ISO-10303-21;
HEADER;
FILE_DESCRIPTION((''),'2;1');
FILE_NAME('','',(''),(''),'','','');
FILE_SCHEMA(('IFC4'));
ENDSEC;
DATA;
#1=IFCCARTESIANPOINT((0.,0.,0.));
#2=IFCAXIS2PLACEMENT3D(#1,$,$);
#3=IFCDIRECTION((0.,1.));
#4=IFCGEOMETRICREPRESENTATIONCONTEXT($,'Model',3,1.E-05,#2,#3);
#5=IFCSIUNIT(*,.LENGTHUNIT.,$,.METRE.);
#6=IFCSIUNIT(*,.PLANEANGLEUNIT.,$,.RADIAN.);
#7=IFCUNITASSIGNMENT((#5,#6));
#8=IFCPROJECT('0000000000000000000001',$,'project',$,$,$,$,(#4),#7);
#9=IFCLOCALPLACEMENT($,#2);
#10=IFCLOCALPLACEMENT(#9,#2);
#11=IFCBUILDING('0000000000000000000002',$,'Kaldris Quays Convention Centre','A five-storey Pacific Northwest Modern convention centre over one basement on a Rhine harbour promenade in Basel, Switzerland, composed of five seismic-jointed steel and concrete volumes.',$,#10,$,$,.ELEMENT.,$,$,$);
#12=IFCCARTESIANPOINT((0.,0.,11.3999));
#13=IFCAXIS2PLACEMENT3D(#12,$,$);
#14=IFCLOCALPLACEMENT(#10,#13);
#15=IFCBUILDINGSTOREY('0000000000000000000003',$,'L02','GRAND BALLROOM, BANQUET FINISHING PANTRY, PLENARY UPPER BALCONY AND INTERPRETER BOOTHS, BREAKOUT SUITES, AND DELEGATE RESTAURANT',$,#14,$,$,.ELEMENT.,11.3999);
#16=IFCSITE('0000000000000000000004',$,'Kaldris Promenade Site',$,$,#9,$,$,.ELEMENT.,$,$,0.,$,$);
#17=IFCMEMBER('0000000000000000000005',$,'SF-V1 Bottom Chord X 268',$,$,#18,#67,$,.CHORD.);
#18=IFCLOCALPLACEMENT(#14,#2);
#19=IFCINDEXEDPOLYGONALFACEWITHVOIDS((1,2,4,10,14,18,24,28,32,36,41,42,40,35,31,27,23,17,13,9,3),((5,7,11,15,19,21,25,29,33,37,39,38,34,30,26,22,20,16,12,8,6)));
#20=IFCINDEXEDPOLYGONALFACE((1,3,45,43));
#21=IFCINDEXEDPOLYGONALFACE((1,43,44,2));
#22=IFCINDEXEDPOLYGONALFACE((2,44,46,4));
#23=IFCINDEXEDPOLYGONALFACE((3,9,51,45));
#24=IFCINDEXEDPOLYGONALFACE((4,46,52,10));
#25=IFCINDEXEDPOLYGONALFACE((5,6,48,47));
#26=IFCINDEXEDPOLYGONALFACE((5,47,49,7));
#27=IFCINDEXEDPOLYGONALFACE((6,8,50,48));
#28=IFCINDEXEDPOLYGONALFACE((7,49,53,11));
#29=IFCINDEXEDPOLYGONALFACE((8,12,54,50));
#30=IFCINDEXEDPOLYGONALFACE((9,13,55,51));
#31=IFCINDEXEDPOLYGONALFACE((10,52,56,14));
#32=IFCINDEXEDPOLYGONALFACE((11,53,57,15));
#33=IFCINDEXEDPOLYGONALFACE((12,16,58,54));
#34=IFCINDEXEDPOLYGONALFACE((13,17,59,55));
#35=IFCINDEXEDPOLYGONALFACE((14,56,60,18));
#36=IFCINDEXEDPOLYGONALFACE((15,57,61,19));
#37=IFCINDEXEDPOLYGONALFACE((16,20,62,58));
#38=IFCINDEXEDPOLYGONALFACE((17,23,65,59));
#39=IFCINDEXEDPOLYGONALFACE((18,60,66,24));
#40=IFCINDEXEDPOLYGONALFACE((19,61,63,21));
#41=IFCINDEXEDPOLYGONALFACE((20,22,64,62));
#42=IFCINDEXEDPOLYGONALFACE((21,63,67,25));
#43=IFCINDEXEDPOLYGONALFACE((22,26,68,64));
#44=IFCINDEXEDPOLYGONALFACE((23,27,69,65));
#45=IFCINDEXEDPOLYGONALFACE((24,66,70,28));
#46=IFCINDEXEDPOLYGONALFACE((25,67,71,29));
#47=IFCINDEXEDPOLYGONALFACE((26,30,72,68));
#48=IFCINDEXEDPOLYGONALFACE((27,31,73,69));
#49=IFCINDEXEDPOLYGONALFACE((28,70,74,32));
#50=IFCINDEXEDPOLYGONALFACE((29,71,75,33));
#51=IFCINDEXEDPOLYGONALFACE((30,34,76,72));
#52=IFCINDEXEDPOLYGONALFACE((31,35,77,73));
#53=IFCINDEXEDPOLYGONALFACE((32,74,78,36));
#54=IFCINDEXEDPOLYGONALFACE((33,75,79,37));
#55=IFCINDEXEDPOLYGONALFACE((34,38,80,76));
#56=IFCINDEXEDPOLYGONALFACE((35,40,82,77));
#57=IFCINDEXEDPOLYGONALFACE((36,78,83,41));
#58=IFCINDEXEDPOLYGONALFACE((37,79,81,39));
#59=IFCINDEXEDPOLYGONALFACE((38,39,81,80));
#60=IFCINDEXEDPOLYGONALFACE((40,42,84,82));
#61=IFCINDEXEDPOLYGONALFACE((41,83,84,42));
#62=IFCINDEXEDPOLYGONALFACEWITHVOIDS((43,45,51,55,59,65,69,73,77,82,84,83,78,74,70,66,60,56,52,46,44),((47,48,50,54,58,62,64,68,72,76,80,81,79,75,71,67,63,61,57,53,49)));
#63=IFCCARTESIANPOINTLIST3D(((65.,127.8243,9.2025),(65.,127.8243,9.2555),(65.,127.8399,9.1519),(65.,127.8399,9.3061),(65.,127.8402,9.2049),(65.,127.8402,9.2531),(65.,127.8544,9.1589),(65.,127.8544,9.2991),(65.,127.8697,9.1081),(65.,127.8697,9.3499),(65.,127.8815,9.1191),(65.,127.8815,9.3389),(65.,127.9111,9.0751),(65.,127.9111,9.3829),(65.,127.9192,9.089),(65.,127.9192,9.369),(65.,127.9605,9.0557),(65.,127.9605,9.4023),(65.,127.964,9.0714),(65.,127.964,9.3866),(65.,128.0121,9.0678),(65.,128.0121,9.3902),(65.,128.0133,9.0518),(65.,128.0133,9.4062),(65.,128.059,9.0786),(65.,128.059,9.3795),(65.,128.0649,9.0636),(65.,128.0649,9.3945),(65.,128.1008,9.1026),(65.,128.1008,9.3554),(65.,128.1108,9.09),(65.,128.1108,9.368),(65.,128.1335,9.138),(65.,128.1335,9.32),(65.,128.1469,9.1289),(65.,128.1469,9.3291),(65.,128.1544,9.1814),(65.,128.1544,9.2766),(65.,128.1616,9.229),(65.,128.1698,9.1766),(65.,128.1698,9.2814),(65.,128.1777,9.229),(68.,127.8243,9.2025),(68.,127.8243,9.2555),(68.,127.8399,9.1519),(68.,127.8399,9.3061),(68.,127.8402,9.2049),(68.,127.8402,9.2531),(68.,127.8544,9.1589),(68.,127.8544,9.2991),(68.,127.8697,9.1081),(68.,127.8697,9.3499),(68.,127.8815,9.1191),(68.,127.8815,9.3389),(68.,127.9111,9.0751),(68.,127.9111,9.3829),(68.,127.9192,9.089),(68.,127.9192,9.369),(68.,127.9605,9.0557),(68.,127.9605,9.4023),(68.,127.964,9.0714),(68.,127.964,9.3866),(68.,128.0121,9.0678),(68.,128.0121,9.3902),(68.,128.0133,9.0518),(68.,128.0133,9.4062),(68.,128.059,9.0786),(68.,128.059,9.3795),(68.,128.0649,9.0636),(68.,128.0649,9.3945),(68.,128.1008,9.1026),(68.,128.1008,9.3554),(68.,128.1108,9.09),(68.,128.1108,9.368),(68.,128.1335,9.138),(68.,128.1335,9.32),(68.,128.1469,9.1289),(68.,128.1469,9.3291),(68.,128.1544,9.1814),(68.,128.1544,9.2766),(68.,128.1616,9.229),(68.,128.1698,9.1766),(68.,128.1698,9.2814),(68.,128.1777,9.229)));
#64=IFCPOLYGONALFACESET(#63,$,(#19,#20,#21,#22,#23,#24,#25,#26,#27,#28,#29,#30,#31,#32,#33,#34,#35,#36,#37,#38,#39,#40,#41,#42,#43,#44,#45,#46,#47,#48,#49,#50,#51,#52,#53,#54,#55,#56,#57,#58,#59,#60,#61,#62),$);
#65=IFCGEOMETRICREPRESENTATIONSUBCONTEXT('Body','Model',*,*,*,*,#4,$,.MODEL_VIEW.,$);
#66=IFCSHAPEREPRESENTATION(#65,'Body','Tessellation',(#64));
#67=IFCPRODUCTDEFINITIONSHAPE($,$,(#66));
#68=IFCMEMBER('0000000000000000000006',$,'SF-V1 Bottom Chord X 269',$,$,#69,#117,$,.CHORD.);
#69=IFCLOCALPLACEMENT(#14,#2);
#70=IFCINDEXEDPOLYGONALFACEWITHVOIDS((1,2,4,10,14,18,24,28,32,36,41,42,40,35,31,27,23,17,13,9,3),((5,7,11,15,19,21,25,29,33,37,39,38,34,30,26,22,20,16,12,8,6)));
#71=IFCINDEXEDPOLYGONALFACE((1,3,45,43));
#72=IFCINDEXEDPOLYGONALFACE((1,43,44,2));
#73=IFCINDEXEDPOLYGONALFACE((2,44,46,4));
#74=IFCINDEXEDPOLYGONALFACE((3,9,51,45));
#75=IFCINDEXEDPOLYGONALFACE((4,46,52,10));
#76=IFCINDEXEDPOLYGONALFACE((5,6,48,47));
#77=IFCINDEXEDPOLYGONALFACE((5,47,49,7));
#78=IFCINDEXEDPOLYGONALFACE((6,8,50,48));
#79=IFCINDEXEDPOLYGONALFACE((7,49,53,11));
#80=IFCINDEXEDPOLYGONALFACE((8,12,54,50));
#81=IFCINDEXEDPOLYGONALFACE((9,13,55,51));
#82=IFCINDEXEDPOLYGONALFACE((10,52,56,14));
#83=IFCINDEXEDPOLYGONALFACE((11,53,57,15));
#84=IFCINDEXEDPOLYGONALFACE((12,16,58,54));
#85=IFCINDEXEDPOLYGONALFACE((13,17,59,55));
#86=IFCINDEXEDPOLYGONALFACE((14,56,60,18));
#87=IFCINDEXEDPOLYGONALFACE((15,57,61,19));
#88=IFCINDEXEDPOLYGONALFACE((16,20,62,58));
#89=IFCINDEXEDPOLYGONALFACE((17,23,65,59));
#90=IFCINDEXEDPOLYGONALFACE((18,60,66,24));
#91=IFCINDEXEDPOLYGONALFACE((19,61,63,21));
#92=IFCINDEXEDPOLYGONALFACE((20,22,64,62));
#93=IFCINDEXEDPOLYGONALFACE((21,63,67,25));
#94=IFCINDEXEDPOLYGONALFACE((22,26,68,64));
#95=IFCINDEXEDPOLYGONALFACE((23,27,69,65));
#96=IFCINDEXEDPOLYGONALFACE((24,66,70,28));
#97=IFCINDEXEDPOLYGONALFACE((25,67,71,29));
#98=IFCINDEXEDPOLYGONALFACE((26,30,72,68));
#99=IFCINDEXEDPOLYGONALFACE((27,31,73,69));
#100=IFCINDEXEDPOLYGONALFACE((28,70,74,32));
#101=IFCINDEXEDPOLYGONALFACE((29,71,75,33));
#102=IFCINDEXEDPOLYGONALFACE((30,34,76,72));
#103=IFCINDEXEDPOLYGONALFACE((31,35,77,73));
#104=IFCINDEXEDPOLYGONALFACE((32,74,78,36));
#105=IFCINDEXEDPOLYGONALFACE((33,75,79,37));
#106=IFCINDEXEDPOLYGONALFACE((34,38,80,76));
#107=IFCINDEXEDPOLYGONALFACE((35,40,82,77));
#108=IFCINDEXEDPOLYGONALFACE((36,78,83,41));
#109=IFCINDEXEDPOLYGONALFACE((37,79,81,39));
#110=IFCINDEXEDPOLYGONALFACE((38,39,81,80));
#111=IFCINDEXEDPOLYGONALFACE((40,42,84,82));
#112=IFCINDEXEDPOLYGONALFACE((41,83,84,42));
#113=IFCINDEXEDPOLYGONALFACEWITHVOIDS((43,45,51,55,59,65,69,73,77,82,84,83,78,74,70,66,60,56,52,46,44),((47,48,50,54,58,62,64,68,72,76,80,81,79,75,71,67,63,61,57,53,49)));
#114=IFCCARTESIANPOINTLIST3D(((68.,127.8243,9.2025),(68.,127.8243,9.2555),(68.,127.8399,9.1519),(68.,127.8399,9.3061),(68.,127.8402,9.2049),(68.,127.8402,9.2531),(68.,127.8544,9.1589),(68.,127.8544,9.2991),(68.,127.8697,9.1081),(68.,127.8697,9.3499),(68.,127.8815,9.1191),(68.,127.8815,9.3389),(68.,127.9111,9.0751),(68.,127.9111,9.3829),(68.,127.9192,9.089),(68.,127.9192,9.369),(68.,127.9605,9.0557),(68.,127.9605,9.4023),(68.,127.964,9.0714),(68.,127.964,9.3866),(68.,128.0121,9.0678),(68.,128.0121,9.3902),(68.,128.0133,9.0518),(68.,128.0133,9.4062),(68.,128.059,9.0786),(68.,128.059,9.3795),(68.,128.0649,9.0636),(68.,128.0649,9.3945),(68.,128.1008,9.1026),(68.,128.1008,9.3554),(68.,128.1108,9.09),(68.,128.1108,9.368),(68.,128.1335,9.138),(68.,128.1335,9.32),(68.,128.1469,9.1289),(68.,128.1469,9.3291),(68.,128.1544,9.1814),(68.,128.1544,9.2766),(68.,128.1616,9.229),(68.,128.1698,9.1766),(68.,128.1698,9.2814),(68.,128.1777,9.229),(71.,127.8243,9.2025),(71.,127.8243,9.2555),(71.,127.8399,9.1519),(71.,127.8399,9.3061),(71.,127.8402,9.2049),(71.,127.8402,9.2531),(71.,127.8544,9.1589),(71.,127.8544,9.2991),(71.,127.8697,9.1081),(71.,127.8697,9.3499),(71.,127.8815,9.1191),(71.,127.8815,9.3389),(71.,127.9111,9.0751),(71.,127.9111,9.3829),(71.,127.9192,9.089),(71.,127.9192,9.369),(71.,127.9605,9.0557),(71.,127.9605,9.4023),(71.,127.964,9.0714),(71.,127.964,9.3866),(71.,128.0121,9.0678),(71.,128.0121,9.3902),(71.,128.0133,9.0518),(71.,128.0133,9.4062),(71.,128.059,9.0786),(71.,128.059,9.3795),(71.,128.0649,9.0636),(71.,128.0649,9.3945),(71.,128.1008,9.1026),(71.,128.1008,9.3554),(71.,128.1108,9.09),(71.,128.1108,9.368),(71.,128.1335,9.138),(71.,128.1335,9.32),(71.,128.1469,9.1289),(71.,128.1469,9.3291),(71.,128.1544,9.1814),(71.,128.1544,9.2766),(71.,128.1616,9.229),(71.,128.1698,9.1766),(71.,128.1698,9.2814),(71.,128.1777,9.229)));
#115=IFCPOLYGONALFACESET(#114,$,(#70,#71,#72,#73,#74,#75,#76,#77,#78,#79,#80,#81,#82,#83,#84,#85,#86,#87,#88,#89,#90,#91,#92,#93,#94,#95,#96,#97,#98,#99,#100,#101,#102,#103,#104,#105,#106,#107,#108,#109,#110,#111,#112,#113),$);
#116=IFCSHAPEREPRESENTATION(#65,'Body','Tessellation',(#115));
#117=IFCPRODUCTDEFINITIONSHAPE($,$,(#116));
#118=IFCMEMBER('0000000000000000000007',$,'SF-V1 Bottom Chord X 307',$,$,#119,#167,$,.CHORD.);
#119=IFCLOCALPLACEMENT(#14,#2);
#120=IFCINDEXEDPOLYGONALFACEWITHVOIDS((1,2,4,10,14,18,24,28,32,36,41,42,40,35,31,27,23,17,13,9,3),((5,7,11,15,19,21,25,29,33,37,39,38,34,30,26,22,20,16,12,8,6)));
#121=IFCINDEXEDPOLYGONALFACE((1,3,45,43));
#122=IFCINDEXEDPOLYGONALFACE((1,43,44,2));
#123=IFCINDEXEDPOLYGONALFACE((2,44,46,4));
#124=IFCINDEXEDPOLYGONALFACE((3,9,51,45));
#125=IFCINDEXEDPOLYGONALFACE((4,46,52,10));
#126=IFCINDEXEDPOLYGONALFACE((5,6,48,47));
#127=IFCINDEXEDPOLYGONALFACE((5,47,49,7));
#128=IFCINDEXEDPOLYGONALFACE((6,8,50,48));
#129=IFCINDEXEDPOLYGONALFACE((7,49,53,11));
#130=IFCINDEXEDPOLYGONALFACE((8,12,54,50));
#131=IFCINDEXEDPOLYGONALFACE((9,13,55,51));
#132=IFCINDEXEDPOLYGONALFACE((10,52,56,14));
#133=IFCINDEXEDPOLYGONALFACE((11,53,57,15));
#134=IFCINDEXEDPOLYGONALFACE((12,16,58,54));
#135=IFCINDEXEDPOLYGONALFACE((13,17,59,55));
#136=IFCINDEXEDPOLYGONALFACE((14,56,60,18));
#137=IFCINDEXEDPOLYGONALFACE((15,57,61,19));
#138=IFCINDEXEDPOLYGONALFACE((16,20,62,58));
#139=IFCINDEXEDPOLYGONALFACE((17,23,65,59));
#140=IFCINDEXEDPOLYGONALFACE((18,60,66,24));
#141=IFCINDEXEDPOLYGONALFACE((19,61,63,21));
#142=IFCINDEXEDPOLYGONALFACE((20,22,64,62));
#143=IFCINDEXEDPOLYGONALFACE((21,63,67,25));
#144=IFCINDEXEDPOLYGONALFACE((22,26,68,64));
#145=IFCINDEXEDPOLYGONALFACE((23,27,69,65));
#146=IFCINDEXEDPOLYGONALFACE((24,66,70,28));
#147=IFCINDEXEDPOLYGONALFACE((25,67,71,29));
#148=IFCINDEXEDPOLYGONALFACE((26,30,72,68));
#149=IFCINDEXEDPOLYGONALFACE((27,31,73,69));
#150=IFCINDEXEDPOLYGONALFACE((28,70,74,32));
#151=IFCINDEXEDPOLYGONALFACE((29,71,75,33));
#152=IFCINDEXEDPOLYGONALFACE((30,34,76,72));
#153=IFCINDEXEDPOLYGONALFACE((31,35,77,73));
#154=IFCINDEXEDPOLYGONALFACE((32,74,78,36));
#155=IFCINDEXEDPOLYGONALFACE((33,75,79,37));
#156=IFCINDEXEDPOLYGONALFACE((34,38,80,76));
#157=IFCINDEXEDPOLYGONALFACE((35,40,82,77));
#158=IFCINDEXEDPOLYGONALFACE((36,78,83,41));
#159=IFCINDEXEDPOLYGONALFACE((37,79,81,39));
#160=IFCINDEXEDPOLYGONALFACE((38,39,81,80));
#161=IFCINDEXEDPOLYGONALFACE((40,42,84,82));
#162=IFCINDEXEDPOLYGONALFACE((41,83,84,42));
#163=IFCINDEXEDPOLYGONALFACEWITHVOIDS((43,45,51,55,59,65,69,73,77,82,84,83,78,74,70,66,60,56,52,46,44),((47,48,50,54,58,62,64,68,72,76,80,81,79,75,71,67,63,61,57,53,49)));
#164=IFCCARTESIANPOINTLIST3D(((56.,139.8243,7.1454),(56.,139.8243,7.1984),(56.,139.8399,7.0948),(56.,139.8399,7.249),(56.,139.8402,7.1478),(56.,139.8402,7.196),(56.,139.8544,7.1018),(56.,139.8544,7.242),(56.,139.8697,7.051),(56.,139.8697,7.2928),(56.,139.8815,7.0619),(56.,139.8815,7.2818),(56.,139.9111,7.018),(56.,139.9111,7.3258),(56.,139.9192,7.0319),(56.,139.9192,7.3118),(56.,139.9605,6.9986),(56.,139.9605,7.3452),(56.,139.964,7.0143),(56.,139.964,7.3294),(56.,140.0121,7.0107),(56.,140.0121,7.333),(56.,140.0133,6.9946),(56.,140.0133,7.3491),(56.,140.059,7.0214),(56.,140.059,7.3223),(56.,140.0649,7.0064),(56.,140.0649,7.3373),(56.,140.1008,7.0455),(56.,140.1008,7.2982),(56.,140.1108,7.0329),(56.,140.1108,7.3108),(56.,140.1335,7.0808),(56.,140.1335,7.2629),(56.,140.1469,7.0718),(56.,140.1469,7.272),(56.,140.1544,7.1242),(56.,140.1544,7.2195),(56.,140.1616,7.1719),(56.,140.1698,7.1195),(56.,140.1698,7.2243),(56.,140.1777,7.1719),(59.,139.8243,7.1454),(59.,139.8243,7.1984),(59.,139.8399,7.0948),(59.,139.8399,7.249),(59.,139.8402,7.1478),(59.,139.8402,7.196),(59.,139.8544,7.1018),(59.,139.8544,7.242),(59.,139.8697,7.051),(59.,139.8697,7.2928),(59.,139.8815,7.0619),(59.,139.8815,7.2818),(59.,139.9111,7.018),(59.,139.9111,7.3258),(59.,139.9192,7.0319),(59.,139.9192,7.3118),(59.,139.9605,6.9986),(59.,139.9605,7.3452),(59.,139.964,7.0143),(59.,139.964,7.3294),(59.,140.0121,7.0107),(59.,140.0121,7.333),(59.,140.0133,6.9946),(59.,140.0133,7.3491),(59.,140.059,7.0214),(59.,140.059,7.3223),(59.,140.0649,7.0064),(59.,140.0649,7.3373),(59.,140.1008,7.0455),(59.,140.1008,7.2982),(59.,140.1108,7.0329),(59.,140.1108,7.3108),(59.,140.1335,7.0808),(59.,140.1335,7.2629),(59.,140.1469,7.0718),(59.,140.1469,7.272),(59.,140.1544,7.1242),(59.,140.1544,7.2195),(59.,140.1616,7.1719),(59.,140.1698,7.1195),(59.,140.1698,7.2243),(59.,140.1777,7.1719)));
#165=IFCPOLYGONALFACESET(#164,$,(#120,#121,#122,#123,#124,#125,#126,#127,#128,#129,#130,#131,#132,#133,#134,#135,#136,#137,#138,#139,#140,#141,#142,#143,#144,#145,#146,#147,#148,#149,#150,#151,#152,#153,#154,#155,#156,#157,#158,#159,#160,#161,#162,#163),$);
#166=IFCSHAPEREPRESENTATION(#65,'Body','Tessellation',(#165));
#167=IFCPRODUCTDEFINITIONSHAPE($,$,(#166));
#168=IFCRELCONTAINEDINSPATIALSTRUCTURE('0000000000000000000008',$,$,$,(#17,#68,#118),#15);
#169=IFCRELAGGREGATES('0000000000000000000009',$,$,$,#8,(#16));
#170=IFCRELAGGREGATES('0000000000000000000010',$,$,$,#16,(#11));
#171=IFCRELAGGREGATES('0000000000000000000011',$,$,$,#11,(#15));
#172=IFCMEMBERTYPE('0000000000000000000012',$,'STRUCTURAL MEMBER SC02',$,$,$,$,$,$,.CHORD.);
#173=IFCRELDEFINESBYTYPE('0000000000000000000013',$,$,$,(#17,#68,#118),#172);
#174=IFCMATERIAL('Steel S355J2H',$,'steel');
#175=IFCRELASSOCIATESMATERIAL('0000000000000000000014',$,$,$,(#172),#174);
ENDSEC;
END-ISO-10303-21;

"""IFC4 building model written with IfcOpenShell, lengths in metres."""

from ifc_helpers import new_model, si_unit, direction, frame, origin, origin_2d, place, context, subcontext, project, spatial, hollow_circle, extrude, material, material_profile, profile_set, type_object, element, save


model = new_model("IFC4")

# Units and contexts
model_context = context("Model", 3, precision=1e-05, world=origin(), true_north=direction((0.0, 1.0)))
body_context = subcontext(model_context, "Body", "Model", "MODEL_VIEW")
ifc_project = project(units=[si_unit("LENGTHUNIT", "METRE"), si_unit("PLANEANGLEUNIT", "RADIAN")], contexts=[model_context])

# Site, building, storey
site_placement = place(None, origin())
site = spatial("IfcSite", under=ifc_project, at=site_placement, Name="Kaldris Promenade Site", CompositionType="ELEMENT", RefElevation=0.0)
building_placement = place(site_placement, origin())
building = spatial("IfcBuilding", under=site, at=building_placement, Name="Kaldris Quays Convention Centre", Description="A five-storey Pacific Northwest Modern convention centre over one basement on a Rhine harbour promenade in Basel, Switzerland, composed of five seismic-jointed steel and concrete volumes.", CompositionType="ELEMENT")
storey_placement = place(building_placement, frame((0.0, 0.0, 11.3999)))
storey = spatial("IfcBuildingStorey", under=building, at=storey_placement, Name="L02", Description="GRAND BALLROOM, BANQUET FINISHING PANTRY, PLENARY UPPER BALCONY AND INTERPRETER BOOTHS, BREAKOUT SUITES, AND DELEGATE RESTAURANT", CompositionType="ELEMENT", Elevation=11.3999)

# Members
ifc_material_1 = material(Name="Steel S355J2H", Category="steel")
ifc_material_profile_1 = material_profile(ifc_material_1, hollow_circle(Radius=0.1777, WallThickness=0.0161, at=origin_2d()), Name="CHS 355.6x16")
ifc_profile_set_1 = profile_set([ifc_material_profile_1], Name="Steel S355J2H")
member_type_1 = type_object("IfcMemberType", Name="STRUCTURAL MEMBER SC02", PredefinedType="CHORD", material=ifc_profile_set_1)
for number, where, z_axis, x_axis, name in (
    (1, (65.0, 128.0, 9.229), (1.0, 0.0, 0.0), (0.0, 1.0, 0.0), "SF-V1 Bottom Chord X 268"),
    (2, (68.0, 128.0, 9.229), (1.0, 0.0, 0.0), (0.0, 1.0, 0.0), "SF-V1 Bottom Chord X 269"),
    (3, (56.0, 140.0, 7.1719), (1.0, 0.0, 0.0), (0.0, 1.0, 0.0), "SF-V1 Bottom Chord X 307"),
):
    element("IfcMember", number, at=place(storey_placement, frame(where, z_axis=z_axis, x_axis=x_axis)), inside=storey, type_object=member_type_1, Name=name, PredefinedType="CHORD", context=body_context, shape_type="SweptSolid", body=[
        extrude(hollow_circle(Radius=0.1777, WallThickness=0.0161, at=origin_2d()), origin(), (0.0, 0.0, 1.0), 3.0),
    ])

save(model, "model.ifc")
